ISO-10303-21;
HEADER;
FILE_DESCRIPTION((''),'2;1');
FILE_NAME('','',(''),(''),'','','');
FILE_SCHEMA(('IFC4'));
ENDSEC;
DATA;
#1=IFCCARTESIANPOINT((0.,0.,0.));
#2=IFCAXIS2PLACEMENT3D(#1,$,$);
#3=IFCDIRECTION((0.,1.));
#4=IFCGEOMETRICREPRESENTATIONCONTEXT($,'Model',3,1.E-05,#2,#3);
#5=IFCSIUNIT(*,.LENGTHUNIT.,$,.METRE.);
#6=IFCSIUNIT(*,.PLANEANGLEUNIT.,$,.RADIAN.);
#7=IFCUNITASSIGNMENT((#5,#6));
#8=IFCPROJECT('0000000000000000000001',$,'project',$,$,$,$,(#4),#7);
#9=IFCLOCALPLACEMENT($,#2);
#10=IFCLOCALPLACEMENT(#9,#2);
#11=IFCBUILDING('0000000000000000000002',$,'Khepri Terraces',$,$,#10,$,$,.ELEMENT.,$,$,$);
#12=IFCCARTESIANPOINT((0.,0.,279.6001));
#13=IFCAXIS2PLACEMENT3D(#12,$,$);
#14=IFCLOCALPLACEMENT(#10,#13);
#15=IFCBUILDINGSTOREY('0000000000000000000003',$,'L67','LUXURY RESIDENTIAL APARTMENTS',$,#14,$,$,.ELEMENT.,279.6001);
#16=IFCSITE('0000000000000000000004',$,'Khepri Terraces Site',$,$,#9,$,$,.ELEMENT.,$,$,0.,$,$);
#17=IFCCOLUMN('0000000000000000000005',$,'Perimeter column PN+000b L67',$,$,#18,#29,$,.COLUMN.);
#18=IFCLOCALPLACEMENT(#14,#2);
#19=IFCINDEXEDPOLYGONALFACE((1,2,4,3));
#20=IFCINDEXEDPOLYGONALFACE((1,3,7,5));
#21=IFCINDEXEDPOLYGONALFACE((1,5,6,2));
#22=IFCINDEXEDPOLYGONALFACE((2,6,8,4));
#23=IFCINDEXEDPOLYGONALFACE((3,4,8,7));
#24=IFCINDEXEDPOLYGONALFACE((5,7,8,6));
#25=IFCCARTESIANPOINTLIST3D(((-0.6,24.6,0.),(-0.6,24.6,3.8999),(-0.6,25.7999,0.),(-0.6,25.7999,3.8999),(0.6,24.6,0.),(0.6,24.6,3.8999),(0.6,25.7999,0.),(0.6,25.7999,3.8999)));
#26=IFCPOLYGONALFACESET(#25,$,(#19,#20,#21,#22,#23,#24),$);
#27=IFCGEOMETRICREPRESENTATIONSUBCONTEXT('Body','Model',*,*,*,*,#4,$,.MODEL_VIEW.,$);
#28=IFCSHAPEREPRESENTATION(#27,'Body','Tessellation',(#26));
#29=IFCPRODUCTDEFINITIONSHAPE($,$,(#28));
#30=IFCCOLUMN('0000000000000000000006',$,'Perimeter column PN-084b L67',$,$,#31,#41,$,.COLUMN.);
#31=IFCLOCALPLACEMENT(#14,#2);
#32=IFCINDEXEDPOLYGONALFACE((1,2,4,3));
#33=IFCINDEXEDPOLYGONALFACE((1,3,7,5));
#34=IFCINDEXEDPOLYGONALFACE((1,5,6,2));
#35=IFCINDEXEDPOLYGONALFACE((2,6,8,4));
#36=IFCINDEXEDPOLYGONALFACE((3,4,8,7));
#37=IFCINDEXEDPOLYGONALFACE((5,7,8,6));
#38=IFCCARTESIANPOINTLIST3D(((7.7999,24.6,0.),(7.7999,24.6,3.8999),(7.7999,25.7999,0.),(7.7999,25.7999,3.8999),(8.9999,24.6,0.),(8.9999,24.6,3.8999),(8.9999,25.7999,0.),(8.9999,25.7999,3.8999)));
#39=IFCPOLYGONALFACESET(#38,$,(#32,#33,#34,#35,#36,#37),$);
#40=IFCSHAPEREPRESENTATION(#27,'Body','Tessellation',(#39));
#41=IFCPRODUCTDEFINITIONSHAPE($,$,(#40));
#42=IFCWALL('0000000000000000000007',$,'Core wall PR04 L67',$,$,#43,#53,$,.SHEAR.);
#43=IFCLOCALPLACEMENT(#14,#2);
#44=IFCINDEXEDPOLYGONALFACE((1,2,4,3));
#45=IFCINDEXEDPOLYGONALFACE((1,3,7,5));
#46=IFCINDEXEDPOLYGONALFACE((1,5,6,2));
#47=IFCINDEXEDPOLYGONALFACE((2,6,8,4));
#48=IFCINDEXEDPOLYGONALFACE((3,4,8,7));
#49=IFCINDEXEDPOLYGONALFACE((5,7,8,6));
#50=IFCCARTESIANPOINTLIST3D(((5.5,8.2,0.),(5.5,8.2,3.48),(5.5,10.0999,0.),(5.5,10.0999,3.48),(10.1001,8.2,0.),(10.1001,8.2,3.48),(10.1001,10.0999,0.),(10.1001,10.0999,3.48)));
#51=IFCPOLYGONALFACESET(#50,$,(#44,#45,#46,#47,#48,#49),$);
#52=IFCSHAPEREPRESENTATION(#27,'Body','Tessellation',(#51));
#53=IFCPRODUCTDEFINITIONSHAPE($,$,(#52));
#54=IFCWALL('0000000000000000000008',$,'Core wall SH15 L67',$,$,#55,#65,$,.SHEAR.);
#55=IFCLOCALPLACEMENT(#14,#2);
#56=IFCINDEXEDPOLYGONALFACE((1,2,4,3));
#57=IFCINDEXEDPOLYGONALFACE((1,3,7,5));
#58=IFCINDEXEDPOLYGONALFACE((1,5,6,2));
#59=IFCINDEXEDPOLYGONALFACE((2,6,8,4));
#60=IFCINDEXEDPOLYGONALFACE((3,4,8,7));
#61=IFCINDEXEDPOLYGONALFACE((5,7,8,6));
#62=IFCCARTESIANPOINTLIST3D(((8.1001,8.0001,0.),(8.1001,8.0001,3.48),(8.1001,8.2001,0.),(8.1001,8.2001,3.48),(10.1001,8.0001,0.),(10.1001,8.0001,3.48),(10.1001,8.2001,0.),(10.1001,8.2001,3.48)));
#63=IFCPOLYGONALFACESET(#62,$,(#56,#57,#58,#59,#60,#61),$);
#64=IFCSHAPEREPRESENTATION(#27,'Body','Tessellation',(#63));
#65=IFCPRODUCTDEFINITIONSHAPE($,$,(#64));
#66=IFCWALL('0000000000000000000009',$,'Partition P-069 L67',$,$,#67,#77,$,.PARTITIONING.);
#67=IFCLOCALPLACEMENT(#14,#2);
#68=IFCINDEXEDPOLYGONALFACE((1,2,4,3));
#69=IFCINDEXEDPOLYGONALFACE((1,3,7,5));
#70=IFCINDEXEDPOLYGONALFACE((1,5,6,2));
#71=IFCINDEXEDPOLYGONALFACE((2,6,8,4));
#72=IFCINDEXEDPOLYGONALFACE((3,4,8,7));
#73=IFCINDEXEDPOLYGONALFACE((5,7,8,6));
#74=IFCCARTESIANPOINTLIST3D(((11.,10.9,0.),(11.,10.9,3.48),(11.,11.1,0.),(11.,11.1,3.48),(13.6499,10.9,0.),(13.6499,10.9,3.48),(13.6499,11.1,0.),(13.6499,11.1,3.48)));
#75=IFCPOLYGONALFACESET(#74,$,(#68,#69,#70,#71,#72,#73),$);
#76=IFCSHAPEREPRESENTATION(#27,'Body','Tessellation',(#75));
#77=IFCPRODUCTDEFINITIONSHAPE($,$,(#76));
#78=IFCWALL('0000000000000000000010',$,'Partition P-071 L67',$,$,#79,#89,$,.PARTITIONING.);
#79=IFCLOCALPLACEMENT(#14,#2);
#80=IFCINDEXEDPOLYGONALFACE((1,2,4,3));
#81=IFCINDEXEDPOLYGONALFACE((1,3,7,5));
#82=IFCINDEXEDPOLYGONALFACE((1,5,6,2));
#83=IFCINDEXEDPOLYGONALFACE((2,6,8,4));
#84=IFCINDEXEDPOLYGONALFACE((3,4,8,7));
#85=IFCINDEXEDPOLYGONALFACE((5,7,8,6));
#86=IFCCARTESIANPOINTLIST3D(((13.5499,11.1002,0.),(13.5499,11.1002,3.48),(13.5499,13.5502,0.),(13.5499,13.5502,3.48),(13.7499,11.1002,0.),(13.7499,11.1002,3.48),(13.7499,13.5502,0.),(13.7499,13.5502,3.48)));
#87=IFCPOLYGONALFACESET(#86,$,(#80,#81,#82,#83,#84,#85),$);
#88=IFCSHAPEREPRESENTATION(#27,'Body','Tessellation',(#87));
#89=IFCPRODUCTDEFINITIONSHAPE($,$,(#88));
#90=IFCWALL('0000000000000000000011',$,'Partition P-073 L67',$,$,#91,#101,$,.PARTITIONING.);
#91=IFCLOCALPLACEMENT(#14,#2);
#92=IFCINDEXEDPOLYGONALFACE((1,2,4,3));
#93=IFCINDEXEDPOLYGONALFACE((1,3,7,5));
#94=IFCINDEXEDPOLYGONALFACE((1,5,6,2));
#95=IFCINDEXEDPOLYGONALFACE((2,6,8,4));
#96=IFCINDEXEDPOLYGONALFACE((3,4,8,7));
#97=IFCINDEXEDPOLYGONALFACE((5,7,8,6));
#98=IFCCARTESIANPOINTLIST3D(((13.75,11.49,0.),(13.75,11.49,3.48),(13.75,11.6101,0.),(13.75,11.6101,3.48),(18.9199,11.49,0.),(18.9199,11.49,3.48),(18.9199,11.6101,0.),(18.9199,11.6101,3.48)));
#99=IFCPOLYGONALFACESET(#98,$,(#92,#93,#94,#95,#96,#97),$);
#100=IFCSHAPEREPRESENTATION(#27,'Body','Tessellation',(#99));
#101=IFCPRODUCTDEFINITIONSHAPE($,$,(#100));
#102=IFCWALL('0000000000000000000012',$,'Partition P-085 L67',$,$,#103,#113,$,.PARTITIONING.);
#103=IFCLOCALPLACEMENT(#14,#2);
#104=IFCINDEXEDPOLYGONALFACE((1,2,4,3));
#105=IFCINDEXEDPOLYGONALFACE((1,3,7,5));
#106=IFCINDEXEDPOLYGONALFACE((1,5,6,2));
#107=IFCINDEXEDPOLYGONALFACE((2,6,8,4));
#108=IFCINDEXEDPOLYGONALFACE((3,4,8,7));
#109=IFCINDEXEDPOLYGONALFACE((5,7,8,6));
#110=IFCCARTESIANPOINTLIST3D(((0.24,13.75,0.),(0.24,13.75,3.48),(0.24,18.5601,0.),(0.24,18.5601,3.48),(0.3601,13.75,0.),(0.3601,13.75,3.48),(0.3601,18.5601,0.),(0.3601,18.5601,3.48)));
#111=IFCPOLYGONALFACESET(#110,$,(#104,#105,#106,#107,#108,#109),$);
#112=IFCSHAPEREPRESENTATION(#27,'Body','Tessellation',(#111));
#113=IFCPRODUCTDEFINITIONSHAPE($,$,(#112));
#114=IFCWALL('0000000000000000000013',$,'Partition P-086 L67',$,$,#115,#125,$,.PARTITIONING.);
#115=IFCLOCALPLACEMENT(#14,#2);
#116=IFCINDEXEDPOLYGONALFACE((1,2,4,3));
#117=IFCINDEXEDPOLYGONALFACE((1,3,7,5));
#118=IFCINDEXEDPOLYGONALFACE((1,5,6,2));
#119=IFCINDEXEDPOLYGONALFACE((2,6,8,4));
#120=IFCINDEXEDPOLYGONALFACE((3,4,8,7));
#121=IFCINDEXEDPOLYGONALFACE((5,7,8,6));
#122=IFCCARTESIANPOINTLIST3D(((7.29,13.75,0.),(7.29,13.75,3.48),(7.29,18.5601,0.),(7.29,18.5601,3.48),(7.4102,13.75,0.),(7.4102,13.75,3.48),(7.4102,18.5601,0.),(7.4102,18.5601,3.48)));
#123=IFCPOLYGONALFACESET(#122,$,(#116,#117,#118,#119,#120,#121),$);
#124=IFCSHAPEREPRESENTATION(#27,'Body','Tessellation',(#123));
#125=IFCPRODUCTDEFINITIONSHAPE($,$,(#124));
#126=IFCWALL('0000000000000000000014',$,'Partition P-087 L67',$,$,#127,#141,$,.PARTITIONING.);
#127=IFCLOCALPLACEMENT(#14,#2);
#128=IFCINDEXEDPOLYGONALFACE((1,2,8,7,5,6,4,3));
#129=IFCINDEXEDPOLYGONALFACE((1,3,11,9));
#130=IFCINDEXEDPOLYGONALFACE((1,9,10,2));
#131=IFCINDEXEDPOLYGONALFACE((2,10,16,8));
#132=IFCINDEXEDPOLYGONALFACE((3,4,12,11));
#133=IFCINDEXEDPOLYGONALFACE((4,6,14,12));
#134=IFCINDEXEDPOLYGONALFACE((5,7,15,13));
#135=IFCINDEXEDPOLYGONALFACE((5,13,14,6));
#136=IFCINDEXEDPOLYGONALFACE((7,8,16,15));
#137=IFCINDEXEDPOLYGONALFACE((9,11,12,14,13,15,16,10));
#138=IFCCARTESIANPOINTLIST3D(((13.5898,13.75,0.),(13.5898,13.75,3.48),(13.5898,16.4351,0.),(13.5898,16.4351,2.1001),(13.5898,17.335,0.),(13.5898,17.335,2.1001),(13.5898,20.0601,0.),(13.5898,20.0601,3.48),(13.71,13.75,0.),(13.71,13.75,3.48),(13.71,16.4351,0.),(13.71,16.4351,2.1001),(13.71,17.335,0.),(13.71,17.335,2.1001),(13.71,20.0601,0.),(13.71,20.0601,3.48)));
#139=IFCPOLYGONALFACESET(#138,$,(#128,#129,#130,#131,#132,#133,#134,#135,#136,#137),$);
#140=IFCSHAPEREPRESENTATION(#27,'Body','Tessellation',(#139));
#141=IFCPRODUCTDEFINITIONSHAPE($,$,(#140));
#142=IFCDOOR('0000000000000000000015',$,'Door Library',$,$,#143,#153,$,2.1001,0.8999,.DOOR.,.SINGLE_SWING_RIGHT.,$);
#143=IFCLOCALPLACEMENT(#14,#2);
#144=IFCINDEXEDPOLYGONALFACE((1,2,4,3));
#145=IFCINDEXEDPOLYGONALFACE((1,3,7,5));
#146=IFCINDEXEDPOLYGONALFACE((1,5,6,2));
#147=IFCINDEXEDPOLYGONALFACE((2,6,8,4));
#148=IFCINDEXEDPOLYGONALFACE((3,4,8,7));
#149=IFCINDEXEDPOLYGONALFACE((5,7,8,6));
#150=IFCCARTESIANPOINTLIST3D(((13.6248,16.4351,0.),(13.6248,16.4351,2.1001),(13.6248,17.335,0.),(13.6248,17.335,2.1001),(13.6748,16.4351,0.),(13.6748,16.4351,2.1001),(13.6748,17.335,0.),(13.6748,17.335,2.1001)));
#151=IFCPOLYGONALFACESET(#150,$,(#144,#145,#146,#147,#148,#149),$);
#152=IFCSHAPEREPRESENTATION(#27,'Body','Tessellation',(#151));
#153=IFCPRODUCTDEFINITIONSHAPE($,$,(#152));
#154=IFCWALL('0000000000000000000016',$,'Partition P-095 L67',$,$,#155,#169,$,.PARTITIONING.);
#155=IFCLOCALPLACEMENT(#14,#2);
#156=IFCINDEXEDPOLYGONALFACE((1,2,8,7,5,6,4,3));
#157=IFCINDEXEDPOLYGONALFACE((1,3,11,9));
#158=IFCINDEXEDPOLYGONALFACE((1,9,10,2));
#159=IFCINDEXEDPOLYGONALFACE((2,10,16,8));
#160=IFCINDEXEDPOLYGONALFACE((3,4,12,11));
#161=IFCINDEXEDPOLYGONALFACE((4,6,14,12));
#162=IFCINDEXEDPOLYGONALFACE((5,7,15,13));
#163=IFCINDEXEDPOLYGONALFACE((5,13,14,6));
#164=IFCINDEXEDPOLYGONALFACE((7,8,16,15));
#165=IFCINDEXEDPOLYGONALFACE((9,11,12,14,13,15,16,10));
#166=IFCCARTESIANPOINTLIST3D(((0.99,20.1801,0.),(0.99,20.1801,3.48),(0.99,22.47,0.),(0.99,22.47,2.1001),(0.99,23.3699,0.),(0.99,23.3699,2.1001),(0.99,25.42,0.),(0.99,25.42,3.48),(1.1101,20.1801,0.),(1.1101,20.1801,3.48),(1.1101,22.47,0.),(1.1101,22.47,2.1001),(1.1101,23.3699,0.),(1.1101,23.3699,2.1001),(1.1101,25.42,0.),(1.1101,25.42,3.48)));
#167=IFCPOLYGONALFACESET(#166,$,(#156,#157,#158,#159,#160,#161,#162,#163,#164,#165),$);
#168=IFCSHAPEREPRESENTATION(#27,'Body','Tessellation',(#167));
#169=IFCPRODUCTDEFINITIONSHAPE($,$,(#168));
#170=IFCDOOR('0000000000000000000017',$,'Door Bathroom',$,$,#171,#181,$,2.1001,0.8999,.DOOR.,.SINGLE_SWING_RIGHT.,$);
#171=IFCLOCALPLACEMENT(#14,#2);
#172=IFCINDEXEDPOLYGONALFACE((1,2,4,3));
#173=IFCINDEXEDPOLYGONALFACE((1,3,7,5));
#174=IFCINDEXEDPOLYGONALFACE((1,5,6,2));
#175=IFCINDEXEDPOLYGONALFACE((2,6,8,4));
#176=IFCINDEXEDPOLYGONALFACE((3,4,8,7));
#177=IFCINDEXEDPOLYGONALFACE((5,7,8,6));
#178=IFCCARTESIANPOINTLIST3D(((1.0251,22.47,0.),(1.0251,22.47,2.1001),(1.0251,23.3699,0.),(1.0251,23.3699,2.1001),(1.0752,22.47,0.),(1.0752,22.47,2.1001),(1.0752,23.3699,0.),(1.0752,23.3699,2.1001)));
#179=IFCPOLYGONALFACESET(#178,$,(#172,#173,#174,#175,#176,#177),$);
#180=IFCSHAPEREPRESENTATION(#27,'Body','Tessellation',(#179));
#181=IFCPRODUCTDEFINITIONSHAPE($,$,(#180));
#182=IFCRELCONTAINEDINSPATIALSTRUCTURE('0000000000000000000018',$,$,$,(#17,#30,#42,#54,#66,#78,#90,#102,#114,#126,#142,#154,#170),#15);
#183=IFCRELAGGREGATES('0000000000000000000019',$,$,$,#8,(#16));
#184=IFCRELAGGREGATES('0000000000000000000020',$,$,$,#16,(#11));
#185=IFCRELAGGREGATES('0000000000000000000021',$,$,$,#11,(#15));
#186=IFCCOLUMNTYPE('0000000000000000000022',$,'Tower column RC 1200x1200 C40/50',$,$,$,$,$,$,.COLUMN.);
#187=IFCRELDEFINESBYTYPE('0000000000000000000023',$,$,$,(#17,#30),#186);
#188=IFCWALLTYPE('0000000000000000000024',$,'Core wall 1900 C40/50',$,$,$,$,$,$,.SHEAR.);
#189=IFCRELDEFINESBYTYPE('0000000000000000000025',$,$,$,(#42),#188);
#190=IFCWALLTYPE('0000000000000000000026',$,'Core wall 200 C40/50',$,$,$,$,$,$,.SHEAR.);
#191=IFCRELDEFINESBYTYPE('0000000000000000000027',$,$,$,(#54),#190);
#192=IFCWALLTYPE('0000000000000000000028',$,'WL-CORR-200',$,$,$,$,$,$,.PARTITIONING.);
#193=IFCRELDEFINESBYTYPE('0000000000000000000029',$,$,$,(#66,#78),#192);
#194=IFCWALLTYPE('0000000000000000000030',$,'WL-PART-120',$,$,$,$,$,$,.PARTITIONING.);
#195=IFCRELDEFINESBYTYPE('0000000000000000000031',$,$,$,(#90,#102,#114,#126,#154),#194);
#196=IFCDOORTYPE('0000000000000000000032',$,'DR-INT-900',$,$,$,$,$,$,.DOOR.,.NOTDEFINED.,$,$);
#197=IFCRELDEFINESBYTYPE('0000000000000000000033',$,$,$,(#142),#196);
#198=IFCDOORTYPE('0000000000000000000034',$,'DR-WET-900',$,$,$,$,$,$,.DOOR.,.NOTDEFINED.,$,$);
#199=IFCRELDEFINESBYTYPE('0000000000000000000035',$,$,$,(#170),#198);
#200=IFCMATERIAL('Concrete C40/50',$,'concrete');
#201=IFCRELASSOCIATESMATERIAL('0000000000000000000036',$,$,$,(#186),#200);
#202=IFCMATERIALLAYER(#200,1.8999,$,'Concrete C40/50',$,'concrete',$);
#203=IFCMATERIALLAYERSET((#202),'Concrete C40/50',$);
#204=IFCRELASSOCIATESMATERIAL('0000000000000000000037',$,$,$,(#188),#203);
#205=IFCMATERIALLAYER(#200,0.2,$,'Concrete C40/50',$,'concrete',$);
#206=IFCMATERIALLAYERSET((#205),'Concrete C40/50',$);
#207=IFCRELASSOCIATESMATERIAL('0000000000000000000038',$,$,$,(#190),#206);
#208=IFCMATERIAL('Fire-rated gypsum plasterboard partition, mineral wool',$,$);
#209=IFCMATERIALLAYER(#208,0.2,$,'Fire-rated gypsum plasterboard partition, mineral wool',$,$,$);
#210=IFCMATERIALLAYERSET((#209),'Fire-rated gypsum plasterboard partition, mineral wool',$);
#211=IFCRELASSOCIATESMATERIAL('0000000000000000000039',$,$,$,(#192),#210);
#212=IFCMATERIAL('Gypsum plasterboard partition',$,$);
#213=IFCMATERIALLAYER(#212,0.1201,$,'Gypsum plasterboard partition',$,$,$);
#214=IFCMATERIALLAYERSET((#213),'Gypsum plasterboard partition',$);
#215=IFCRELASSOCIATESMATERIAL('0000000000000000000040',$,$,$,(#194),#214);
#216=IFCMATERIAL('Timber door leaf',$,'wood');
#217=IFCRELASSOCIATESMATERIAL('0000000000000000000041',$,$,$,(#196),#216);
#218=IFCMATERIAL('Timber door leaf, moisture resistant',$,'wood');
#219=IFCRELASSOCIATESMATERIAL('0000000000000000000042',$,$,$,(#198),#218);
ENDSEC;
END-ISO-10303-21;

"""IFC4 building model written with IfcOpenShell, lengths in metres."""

from ifc_helpers import new_model, si_unit, direction, frame, frame_2d, origin, origin_2d, place, context, subcontext, project, spatial, rectangle, extrude, material, layer, layer_set, material_profile, profile_set, type_object, element, fill, save


model = new_model("IFC4")

# Units and contexts
model_context = context("Model", 3, precision=1e-05, world=origin(), true_north=direction((0.0, 1.0)))
body_context = subcontext(model_context, "Body", "Model", "MODEL_VIEW")
ifc_project = project(units=[si_unit("LENGTHUNIT", "METRE"), si_unit("PLANEANGLEUNIT", "RADIAN")], contexts=[model_context])

# Site, building, storey
site_placement = place(None, origin())
site = spatial("IfcSite", under=ifc_project, at=site_placement, Name="Khepri Terraces Site", CompositionType="ELEMENT", RefElevation=0.0)
building_placement = place(site_placement, origin())
building = spatial("IfcBuilding", under=site, at=building_placement, Name="Khepri Terraces", CompositionType="ELEMENT")
storey_placement = place(building_placement, frame((0.0, 0.0, 279.6001)))
storey = spatial("IfcBuildingStorey", under=building, at=storey_placement, Name="L67", Description="LUXURY RESIDENTIAL APARTMENTS", CompositionType="ELEMENT", Elevation=279.6001)

# Columns
ifc_material_1 = material(Name="Concrete C40/50", Category="concrete")
ifc_material_profile = material_profile(ifc_material_1, rectangle(XDim=1.2, YDim=1.2, at=origin_2d()), Name="Concrete C40/50", Category="concrete")
ifc_profile_set = profile_set([ifc_material_profile], Name="Concrete C40/50")
column_type = type_object("IfcColumnType", Name="Tower column RC 1200x1200 C40/50", PredefinedType="COLUMN", material=ifc_profile_set)
for number, where, z_axis, x_axis, name in (
    (1, (0.0, 25.2, 0.0), (0.0, 0.0, 1.0), (1.0, 0.0, 0.0), "Perimeter column PN+000b L67"),
    (2, (8.3999, 25.2, 0.0), (0.0, 0.0, 1.0), (1.0, 0.0, 0.0), "Perimeter column PN-084b L67"),
):
    element("IfcColumn", number, at=place(storey_placement, frame(where, z_axis=z_axis, x_axis=x_axis)), inside=storey, type_object=column_type, Name=name, PredefinedType="COLUMN", context=body_context, shape_type="SweptSolid", body=[
        extrude(rectangle(XDim=1.2, YDim=1.2, at=origin_2d()), origin(), (0.0, 0.0, 1.0), 3.8999),
    ])

# Walls
ifc_layer_1 = layer(ifc_material_1, 1.8999, Name="Concrete C40/50", Category="concrete")
ifc_layer_set_1 = layer_set([ifc_layer_1], Name="Concrete C40/50")
wall_type_1 = type_object("IfcWallType", Name="Core wall 1900 C40/50", PredefinedType="SHEAR", material=ifc_layer_set_1)
wall_1_placement = place(storey_placement, frame((5.5, 9.1499, 0.0), z_axis=(0.0, 0.0, 1.0), x_axis=(1.0, 0.0, 0.0)))
element("IfcWall", 3, at=wall_1_placement, inside=storey, type_object=wall_type_1, Name="Core wall PR04 L67", PredefinedType="SHEAR", context=body_context, shape_type="SweptSolid", body=[
    extrude(rectangle(XDim=4.6001, YDim=1.8999, at=frame_2d((2.3, 0.0))), origin(), (0.0, 0.0, 1.0), 3.48),
])
ifc_layer_2 = layer(ifc_material_1, 0.2, Name="Concrete C40/50", Category="concrete")
ifc_layer_set_2 = layer_set([ifc_layer_2], Name="Concrete C40/50")
wall_type_2 = type_object("IfcWallType", Name="Core wall 200 C40/50", PredefinedType="SHEAR", material=ifc_layer_set_2)
wall_2_placement = place(storey_placement, frame((8.1001, 8.1001, 0.0), z_axis=(0.0, 0.0, 1.0), x_axis=(1.0, 0.0, 0.0)))
element("IfcWall", 4, at=wall_2_placement, inside=storey, type_object=wall_type_2, Name="Core wall SH15 L67", PredefinedType="SHEAR", context=body_context, shape_type="SweptSolid", body=[
    extrude(rectangle(XDim=2.0, YDim=0.2, at=frame_2d((1.0, 0.0))), origin(), (0.0, 0.0, 1.0), 3.48),
])
ifc_material_2 = material(Name="Fire-rated gypsum plasterboard partition, mineral wool")
ifc_layer_3 = layer(ifc_material_2, 0.2, Name="Fire-rated gypsum plasterboard partition, mineral wool")
ifc_layer_set_3 = layer_set([ifc_layer_3], Name="Fire-rated gypsum plasterboard partition, mineral wool")
wall_type_3 = type_object("IfcWallType", Name="WL-CORR-200", PredefinedType="PARTITIONING", material=ifc_layer_set_3)
wall_3_placement = place(storey_placement, frame((11.0, 11.0, 0.0), z_axis=(0.0, 0.0, 1.0), x_axis=(1.0, 0.0, 0.0)))
element("IfcWall", 5, at=wall_3_placement, inside=storey, type_object=wall_type_3, Name="Partition P-069 L67", PredefinedType="PARTITIONING", context=body_context, shape_type="SweptSolid", body=[
    extrude(rectangle(XDim=2.6499, YDim=0.2, at=frame_2d((1.325, 0.0))), origin(), (0.0, 0.0, 1.0), 3.48),
])
wall_4_placement = place(storey_placement, frame((13.6499, 11.1001, 0.0), z_axis=(0.0, 0.0, 1.0), x_axis=(0.0, 1.0, 0.0)))
element("IfcWall", 6, at=wall_4_placement, inside=storey, type_object=wall_type_3, Name="Partition P-071 L67", PredefinedType="PARTITIONING", context=body_context, shape_type="SweptSolid", body=[
    extrude(rectangle(XDim=2.45, YDim=0.2, at=frame_2d((1.2251, 0.0))), origin(), (0.0, 0.0, 1.0), 3.48),
])

# Walls
ifc_material_3 = material(Name="Gypsum plasterboard partition")
ifc_layer_4 = layer(ifc_material_3, 0.1201, Name="Gypsum plasterboard partition")
ifc_layer_set_4 = layer_set([ifc_layer_4], Name="Gypsum plasterboard partition")
wall_type_4 = type_object("IfcWallType", Name="WL-PART-120", PredefinedType="PARTITIONING", material=ifc_layer_set_4)
wall_5_placement = place(storey_placement, frame((13.75, 11.55, 0.0), z_axis=(0.0, 0.0, 1.0), x_axis=(1.0, 0.0, 0.0)))
element("IfcWall", 7, at=wall_5_placement, inside=storey, type_object=wall_type_4, Name="Partition P-073 L67", PredefinedType="PARTITIONING", context=body_context, shape_type="SweptSolid", body=[
    extrude(rectangle(XDim=5.1699, YDim=0.1201, at=frame_2d((2.585, 0.0))), origin(), (0.0, 0.0, 1.0), 3.48),
])
for number, where, z_axis, x_axis, name in (
    (8, (0.3, 13.75, 0.0), (0.0, 0.0, 1.0), (0.0, 1.0, 0.0), "Partition P-085 L67"),
    (9, (7.3501, 13.75, 0.0), (0.0, 0.0, 1.0), (0.0, 1.0, 0.0), "Partition P-086 L67"),
):
    element("IfcWall", number, at=place(storey_placement, frame(where, z_axis=z_axis, x_axis=x_axis)), inside=storey, type_object=wall_type_4, Name=name, PredefinedType="PARTITIONING", context=body_context, shape_type="SweptSolid", body=[
        extrude(rectangle(XDim=4.8101, YDim=0.1201, at=frame_2d((2.405, 0.0))), origin(), (0.0, 0.0, 1.0), 3.48),
    ])

# Walls, openings, doors
wall_6_placement = place(storey_placement, frame((13.6499, 13.75, 0.0), z_axis=(0.0, 0.0, 1.0), x_axis=(0.0, 1.0, 0.0)))
wall_6 = element("IfcWall", 10, at=wall_6_placement, inside=storey, type_object=wall_type_4, Name="Partition P-087 L67", PredefinedType="PARTITIONING", context=body_context, shape_type="SweptSolid", body=[
    extrude(rectangle(XDim=6.3101, YDim=0.1201, at=frame_2d((3.155, 0.0))), origin(), (0.0, 0.0, 1.0), 3.48),
])
opening_1_placement = place(wall_6_placement, frame((2.6851, 0.0, 0.0)))
opening_1 = element("IfcOpeningElement", 11, at=opening_1_placement, cuts=wall_6, PredefinedType="OPENING", context=body_context, shape_type="SweptSolid", body=[
    extrude(rectangle(XDim=0.8999, YDim=2.1001, at=frame_2d((0.45, 1.05))), frame((0.0, 0.0701, 0.0), z_axis=(0.0, -1.0, 0.0), x_axis=(1.0, 0.0, 0.0)), (0.0, 0.0, 1.0), 0.1401),
])
ifc_material_4 = material(Name="Timber door leaf", Category="wood")
door_type_1 = type_object("IfcDoorType", Name="DR-INT-900", OperationType="NOTDEFINED", PredefinedType="DOOR", material=ifc_material_4)
door_1_placement = place(opening_1_placement, frame((0.8999, 0.0, 0.0), z_axis=(0.0, 0.0, 1.0), x_axis=(-1.0, 0.0, 0.0)))
door_1 = element("IfcDoor", 12, at=door_1_placement, inside=storey, type_object=door_type_1, Name="Door Library", OperationType="SINGLE_SWING_RIGHT", OverallHeight=2.1001, OverallWidth=0.8999, PredefinedType="DOOR", context=body_context, shape_type="SweptSolid", body=[
    extrude(rectangle(XDim=0.8999, YDim=2.1001, at=frame_2d((0.45, 1.05))), frame((0.0, 0.0249, 0.0), z_axis=(0.0, -1.0, 0.0), x_axis=(1.0, 0.0, 0.0)), (0.0, 0.0, 1.0), 0.05),
])
fill(opening_1, door_1)
wall_7_placement = place(storey_placement, frame((1.05, 20.1799, 0.0), z_axis=(0.0, 0.0, 1.0), x_axis=(0.0, 1.0, 0.0)))
wall_7 = element("IfcWall", 13, at=wall_7_placement, inside=storey, type_object=wall_type_4, Name="Partition P-095 L67", PredefinedType="PARTITIONING", context=body_context, shape_type="SweptSolid", body=[
    extrude(rectangle(XDim=5.24, YDim=0.1201, at=frame_2d((2.6201, 0.0))), origin(), (0.0, 0.0, 1.0), 3.48),
])
opening_2_placement = place(wall_7_placement, frame((2.29, 0.0, 0.0)))
opening_2 = element("IfcOpeningElement", 14, at=opening_2_placement, cuts=wall_7, PredefinedType="OPENING", context=body_context, shape_type="SweptSolid", body=[
    extrude(rectangle(XDim=0.8999, YDim=2.1001, at=frame_2d((0.45, 1.05))), frame((0.0, 0.0701, 0.0), z_axis=(0.0, -1.0, 0.0), x_axis=(1.0, 0.0, 0.0)), (0.0, 0.0, 1.0), 0.1401),
])
ifc_material_5 = material(Name="Timber door leaf, moisture resistant", Category="wood")
door_type_2 = type_object("IfcDoorType", Name="DR-WET-900", OperationType="NOTDEFINED", PredefinedType="DOOR", material=ifc_material_5)
door_2_placement = place(opening_2_placement, origin())
door_2 = element("IfcDoor", 15, at=door_2_placement, inside=storey, type_object=door_type_2, Name="Door Bathroom", OperationType="SINGLE_SWING_RIGHT", OverallHeight=2.1001, OverallWidth=0.8999, PredefinedType="DOOR", context=body_context, shape_type="SweptSolid", body=[
    extrude(rectangle(XDim=0.8999, YDim=2.1001, at=frame_2d((0.45, 1.05))), frame((0.0, 0.0249, 0.0), z_axis=(0.0, -1.0, 0.0), x_axis=(1.0, 0.0, 0.0)), (0.0, 0.0, 1.0), 0.05),
])
fill(opening_2, door_2)

save(model, "model.ifc")
